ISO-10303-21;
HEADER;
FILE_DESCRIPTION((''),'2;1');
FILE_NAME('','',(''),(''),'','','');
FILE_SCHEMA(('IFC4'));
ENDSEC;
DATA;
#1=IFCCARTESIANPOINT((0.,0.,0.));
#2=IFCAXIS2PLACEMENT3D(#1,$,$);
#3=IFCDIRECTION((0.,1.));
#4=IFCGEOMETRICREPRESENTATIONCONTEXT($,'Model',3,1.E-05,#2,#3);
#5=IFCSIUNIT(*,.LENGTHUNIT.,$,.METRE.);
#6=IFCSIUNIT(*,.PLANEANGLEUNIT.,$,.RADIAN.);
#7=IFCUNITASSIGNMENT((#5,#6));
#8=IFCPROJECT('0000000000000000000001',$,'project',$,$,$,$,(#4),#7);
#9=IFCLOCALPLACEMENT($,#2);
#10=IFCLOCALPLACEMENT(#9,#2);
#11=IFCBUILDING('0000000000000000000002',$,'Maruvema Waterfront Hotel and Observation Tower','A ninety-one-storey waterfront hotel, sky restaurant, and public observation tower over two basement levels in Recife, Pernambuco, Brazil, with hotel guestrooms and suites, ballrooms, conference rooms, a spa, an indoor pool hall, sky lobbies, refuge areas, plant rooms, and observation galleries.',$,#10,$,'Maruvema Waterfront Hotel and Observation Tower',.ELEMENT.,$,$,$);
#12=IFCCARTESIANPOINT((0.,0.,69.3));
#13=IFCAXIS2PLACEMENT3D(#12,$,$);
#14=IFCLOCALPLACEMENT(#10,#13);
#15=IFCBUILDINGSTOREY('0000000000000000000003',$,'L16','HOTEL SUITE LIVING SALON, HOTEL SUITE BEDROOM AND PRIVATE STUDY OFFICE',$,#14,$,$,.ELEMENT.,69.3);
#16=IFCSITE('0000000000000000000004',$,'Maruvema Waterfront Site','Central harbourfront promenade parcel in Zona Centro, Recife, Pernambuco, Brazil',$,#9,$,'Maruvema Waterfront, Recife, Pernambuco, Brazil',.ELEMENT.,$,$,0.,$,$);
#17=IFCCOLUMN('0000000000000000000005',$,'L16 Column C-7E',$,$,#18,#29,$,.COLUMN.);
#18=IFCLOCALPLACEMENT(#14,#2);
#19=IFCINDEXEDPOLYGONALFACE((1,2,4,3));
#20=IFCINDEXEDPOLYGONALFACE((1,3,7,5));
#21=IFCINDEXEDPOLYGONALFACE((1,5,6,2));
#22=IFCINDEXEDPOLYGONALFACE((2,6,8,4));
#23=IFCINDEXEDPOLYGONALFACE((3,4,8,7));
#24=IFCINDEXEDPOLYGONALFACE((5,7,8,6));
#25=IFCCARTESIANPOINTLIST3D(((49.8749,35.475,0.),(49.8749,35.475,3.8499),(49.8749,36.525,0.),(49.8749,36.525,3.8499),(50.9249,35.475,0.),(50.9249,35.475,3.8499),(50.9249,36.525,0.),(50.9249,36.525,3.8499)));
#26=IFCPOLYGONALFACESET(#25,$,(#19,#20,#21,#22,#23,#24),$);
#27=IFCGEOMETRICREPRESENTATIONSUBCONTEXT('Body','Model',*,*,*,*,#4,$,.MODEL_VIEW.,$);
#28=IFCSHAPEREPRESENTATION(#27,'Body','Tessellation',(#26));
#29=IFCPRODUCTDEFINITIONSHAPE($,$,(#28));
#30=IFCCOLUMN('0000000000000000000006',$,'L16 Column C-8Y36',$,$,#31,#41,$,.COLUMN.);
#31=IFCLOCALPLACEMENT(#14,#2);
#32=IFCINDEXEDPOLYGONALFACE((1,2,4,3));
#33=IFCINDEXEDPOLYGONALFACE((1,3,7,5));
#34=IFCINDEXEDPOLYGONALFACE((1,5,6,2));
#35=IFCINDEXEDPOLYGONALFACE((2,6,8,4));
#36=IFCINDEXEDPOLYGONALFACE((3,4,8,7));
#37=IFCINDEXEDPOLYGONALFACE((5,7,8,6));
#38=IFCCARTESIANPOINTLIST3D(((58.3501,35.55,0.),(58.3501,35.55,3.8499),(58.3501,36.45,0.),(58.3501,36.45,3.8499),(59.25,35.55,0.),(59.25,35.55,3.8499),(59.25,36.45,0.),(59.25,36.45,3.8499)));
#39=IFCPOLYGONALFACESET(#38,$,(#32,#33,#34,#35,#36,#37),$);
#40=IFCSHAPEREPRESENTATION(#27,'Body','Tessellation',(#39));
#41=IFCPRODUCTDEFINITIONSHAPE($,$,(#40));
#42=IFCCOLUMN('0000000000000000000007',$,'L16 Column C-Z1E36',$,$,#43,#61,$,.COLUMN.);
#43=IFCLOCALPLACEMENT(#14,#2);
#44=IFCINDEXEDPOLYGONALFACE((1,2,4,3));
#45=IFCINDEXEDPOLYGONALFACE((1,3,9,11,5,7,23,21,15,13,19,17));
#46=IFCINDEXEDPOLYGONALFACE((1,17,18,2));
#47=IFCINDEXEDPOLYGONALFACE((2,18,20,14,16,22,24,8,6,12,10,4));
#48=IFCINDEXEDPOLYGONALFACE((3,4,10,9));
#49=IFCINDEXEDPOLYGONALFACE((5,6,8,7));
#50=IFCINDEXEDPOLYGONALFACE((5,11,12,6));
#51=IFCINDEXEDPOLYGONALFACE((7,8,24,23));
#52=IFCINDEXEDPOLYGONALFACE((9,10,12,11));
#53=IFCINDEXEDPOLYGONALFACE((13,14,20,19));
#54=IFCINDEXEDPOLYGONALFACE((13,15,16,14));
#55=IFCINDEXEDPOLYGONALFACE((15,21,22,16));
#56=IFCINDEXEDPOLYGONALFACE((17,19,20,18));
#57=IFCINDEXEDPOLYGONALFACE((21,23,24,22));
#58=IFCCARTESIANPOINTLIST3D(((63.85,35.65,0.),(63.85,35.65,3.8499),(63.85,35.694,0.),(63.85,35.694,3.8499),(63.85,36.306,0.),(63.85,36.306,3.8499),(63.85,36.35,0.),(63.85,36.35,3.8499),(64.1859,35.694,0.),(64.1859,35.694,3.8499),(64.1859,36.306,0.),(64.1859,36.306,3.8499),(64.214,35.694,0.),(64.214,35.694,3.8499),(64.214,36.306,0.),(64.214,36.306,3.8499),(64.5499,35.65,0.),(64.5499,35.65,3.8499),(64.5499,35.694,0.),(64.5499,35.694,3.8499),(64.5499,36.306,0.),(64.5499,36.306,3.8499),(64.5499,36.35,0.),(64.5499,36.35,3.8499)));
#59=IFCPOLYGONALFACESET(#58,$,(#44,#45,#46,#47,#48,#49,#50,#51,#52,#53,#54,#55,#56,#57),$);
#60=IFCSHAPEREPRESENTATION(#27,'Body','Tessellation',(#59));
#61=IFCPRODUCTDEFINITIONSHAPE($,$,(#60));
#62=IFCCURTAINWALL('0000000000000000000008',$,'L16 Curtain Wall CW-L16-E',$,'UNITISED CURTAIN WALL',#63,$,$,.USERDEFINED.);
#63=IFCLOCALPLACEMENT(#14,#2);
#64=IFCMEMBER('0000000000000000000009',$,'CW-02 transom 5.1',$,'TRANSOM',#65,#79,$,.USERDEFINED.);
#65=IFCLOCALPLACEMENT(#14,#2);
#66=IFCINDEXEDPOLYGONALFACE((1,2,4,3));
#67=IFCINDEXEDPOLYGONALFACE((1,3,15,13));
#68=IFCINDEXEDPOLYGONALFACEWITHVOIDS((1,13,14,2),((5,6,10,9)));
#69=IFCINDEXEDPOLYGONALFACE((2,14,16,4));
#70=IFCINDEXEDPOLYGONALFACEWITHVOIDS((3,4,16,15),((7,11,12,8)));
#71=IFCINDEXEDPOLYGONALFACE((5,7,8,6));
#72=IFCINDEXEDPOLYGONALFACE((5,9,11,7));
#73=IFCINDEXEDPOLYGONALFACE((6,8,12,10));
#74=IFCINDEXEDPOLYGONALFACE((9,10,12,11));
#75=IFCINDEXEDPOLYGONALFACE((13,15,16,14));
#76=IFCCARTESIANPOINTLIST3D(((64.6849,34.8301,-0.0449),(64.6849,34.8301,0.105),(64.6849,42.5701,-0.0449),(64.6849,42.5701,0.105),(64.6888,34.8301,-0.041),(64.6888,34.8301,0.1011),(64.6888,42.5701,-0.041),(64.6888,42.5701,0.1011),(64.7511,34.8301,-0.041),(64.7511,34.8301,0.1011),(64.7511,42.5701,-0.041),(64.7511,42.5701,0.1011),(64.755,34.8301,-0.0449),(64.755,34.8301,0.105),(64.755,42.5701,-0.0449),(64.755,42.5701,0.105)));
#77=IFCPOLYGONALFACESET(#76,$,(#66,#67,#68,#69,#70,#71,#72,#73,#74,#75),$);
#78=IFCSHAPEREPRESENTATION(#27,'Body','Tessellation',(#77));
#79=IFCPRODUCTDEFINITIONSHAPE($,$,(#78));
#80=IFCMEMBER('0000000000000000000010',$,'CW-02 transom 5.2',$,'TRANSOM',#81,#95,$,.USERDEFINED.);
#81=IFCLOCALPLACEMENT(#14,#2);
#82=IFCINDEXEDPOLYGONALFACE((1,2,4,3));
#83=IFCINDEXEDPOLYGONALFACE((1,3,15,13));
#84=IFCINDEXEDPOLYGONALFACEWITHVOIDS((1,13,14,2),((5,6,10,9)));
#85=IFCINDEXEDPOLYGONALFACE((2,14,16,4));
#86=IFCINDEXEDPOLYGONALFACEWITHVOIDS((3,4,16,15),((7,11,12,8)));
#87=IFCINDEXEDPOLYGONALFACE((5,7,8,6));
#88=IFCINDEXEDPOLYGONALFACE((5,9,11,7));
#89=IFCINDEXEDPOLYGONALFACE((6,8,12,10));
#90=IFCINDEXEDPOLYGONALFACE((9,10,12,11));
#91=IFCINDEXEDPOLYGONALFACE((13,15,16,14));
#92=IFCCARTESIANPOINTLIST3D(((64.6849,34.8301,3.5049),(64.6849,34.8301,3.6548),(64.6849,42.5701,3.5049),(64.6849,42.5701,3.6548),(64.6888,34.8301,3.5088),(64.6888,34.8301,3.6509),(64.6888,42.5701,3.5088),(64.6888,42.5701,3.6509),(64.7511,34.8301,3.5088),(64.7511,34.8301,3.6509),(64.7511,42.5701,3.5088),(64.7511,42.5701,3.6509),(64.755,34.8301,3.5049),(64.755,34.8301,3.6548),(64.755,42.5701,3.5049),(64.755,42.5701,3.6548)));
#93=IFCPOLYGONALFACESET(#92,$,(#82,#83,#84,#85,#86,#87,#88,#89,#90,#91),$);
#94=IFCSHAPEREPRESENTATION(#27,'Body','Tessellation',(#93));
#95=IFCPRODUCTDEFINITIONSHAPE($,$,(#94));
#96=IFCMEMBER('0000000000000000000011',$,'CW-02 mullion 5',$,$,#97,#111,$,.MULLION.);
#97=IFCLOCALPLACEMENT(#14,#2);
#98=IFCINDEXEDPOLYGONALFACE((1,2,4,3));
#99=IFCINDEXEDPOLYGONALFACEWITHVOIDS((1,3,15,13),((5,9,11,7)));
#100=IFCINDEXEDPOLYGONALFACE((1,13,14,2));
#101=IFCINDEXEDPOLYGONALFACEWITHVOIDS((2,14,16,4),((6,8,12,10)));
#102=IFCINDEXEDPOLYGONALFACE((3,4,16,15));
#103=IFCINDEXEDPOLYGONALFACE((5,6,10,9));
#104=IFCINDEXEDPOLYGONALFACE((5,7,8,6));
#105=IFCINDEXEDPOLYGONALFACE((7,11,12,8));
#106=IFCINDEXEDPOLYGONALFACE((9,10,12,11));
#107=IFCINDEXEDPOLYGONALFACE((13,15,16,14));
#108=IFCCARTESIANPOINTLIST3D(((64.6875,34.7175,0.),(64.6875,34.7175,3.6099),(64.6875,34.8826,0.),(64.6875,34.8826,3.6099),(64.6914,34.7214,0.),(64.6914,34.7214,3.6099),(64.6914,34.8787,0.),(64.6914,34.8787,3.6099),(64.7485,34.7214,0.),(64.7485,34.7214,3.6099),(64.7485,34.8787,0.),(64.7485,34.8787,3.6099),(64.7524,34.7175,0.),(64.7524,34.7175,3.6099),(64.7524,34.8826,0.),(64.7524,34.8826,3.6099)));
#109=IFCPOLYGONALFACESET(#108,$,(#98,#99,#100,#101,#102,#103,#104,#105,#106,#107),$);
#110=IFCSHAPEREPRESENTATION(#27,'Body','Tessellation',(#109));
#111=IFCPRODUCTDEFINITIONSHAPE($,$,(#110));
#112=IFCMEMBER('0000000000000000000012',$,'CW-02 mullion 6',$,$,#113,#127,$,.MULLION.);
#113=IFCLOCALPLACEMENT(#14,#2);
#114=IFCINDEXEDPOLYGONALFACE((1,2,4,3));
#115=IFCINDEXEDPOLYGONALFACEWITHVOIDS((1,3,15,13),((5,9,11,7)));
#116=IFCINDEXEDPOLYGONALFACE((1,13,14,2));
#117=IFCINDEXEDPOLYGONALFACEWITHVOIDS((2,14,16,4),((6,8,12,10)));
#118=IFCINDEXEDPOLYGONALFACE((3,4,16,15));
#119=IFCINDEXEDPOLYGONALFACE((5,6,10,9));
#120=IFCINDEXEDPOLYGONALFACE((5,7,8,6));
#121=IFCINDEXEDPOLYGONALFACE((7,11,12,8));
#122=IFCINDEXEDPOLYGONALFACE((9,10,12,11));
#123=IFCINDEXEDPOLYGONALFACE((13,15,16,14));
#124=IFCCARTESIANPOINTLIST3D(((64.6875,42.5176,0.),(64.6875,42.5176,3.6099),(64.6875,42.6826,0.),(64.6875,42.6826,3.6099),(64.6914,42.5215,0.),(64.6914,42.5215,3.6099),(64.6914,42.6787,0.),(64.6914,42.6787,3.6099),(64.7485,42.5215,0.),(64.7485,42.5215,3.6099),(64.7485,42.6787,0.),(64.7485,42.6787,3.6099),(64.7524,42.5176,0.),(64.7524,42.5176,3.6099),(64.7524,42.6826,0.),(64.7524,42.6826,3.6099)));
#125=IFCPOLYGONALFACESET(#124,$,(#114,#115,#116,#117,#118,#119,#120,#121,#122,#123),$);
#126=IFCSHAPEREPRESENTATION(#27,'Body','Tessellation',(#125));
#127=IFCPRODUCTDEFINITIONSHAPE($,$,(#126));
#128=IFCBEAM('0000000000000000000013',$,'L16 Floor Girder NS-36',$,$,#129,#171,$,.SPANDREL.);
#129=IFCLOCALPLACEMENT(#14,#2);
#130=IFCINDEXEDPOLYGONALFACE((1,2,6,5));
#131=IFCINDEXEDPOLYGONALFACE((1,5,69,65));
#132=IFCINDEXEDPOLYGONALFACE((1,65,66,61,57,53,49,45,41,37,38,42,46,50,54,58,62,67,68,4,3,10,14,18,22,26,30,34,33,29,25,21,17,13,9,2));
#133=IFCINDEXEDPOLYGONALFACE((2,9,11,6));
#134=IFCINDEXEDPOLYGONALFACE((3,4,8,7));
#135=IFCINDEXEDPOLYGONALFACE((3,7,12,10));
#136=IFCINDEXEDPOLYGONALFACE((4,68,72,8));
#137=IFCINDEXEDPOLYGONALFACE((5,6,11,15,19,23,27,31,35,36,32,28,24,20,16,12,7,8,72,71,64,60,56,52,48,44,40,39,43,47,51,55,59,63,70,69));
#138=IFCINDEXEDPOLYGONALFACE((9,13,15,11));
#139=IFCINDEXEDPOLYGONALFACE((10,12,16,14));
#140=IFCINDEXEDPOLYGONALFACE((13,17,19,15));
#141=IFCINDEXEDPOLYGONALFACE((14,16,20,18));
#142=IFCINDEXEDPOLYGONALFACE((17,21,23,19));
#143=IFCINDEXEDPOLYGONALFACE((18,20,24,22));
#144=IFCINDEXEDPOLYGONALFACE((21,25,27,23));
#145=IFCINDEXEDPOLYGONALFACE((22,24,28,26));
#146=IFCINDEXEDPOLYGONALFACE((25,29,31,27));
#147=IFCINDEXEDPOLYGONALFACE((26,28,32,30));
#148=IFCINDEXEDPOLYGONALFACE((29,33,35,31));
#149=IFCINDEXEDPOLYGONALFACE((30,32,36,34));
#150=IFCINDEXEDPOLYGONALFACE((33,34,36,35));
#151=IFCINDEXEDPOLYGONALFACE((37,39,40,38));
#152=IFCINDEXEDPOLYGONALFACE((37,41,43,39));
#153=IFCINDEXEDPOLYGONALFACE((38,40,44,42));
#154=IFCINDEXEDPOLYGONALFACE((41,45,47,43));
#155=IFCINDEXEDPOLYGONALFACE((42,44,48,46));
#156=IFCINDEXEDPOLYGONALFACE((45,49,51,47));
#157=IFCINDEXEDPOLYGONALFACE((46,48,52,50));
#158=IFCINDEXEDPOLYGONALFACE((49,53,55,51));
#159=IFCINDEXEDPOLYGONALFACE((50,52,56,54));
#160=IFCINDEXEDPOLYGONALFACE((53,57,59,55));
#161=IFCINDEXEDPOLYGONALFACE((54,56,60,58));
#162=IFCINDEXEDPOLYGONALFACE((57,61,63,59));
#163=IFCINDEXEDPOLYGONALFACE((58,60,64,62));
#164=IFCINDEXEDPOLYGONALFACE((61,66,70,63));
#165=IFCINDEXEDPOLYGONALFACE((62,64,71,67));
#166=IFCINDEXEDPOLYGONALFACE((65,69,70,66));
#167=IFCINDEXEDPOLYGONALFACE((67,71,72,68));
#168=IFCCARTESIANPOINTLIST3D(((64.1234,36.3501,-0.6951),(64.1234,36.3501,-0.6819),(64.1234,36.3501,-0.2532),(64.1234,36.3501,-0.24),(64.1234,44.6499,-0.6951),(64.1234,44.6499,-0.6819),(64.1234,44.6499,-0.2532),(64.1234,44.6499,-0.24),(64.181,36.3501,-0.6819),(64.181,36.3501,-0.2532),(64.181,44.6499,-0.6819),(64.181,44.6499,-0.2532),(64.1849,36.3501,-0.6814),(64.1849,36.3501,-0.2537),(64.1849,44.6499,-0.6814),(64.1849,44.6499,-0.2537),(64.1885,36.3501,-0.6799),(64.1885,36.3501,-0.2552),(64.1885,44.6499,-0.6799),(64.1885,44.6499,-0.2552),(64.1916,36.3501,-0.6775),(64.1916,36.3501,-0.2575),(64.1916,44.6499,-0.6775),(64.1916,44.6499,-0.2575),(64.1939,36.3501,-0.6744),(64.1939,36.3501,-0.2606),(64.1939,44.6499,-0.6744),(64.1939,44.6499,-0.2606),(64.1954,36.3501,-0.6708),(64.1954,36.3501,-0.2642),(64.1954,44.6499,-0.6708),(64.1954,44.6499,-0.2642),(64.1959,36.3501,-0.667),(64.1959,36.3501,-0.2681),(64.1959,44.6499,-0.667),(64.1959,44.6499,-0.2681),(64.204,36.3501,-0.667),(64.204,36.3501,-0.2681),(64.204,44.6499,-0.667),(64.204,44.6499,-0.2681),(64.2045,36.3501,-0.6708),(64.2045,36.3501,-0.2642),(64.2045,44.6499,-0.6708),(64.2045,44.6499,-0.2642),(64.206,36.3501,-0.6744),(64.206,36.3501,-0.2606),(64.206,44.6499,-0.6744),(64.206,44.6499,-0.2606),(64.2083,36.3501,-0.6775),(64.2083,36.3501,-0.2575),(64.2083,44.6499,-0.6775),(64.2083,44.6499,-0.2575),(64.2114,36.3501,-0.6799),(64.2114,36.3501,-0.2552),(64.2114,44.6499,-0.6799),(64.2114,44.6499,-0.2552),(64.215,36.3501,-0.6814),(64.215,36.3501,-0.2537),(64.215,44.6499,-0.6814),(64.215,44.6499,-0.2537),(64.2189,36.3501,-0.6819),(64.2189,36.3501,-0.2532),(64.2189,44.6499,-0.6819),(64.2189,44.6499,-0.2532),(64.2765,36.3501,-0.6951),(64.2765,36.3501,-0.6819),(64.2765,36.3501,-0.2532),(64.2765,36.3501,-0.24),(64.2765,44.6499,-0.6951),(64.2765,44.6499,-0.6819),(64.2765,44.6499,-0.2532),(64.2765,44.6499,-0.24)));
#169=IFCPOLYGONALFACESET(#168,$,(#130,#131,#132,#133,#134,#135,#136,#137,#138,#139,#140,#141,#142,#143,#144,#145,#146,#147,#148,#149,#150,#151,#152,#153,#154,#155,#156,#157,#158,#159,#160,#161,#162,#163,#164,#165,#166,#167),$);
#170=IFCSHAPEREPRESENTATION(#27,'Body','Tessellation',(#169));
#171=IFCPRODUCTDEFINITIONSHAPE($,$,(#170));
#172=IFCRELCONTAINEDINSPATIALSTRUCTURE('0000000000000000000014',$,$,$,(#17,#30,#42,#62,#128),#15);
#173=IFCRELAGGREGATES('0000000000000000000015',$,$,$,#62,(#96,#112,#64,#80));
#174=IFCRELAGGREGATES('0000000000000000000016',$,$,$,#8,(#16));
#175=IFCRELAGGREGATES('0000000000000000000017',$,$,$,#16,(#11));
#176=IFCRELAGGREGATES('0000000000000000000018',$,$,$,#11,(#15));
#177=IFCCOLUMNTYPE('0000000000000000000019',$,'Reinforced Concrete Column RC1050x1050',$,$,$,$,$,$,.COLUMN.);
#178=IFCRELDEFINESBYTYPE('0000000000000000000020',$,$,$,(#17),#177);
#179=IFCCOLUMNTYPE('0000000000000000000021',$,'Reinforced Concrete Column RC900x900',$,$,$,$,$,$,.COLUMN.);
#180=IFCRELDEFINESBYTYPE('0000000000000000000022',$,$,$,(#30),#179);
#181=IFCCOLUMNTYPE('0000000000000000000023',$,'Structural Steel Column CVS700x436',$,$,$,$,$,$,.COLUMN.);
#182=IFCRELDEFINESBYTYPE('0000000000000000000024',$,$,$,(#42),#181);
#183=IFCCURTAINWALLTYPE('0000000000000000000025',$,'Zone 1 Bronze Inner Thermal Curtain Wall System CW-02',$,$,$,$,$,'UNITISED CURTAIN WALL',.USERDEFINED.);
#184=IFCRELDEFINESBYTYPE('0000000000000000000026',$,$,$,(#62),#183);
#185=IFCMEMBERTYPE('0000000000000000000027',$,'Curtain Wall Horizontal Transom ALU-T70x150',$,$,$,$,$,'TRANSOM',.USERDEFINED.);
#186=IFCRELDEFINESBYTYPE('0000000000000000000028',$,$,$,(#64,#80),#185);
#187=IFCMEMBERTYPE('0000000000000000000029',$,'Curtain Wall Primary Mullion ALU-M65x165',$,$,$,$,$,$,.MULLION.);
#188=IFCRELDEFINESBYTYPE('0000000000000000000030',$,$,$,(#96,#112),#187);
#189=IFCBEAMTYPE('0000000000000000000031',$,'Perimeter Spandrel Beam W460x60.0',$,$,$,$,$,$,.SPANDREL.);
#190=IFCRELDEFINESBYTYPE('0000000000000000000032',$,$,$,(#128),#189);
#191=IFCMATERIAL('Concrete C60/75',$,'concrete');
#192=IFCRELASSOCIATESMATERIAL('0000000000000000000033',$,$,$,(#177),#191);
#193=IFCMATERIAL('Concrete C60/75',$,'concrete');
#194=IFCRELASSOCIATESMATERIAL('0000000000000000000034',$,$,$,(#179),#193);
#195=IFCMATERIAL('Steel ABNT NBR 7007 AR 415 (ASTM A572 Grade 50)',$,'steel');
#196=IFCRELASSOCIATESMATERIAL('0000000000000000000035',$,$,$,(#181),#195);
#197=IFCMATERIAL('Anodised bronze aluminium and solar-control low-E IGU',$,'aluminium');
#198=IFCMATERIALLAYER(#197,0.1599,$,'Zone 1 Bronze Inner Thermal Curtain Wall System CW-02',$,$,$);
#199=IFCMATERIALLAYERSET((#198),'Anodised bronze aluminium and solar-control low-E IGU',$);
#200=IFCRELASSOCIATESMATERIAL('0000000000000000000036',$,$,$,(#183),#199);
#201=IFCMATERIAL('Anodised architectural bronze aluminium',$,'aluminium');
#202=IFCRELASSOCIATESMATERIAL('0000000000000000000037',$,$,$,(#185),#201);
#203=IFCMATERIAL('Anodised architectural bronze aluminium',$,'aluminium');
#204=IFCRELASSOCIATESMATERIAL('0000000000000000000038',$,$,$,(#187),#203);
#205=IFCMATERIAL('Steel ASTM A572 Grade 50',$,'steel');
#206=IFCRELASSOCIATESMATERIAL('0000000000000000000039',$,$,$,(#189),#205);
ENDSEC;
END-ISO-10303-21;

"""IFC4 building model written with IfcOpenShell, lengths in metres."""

from ifc_helpers import new_model, si_unit, direction, frame, origin, origin_2d, place, context, subcontext, project, spatial, rectangle, hollow_rectangle, i_section, extrude, material, layer, layer_set, material_profile, profile_set, type_object, element, aggregate, save


model = new_model("IFC4")

# Units and contexts
model_context = context("Model", 3, precision=1e-05, world=origin(), true_north=direction((0.0, 1.0)))
body_context = subcontext(model_context, "Body", "Model", "MODEL_VIEW")
ifc_project = project(units=[si_unit("LENGTHUNIT", "METRE"), si_unit("PLANEANGLEUNIT", "RADIAN")], contexts=[model_context])

# Site, building, storey
site_placement = place(None, origin())
site = spatial("IfcSite", under=ifc_project, at=site_placement, Name="Maruvema Waterfront Site", Description="Central harbourfront promenade parcel in Zona Centro, Recife, Pernambuco, Brazil", LongName="Maruvema Waterfront, Recife, Pernambuco, Brazil", CompositionType="ELEMENT", RefElevation=0.0)
building_placement = place(site_placement, origin())
building = spatial("IfcBuilding", under=site, at=building_placement, Name="Maruvema Waterfront Hotel and Observation Tower", Description="A ninety-one-storey waterfront hotel, sky restaurant, and public observation tower over two basement levels in Recife, Pernambuco, Brazil, with hotel guestrooms and suites, ballrooms, conference rooms, a spa, an indoor pool hall, sky lobbies, refuge areas, plant rooms, and observation galleries.", LongName="Maruvema Waterfront Hotel and Observation Tower", CompositionType="ELEMENT")
storey_placement = place(building_placement, frame((0.0, 0.0, 69.3)))
storey = spatial("IfcBuildingStorey", under=building, at=storey_placement, Name="L16", Description="HOTEL SUITE LIVING SALON, HOTEL SUITE BEDROOM AND PRIVATE STUDY OFFICE", CompositionType="ELEMENT", Elevation=69.3)

# Columns
ifc_material_1 = material(Name="Concrete C60/75", Category="concrete")
ifc_material_profile_1 = material_profile(ifc_material_1, rectangle(XDim=1.05, YDim=1.05, at=origin_2d()), Name="RC1050x1050")
ifc_profile_set_1 = profile_set([ifc_material_profile_1], Name="Concrete C60/75")
column_type_1 = type_object("IfcColumnType", Name="Reinforced Concrete Column RC1050x1050", PredefinedType="COLUMN", material=ifc_profile_set_1)
column_1_placement = place(storey_placement, frame((50.3999, 36.0, 0.0), z_axis=(0.0, 0.0, 1.0), x_axis=(1.0, 0.0, 0.0)))
element("IfcColumn", 1, at=column_1_placement, inside=storey, type_object=column_type_1, Name="L16 Column C-7E", PredefinedType="COLUMN", context=body_context, shape_type="SweptSolid", body=[
    extrude(rectangle(XDim=1.05, YDim=1.05, at=origin_2d()), origin(), (0.0, 0.0, 1.0), 3.8499),
])
ifc_material_2 = material(Name="Concrete C60/75", Category="concrete")
ifc_material_profile_2 = material_profile(ifc_material_2, rectangle(XDim=0.8999, YDim=0.8999, at=origin_2d()), Name="RC900x900")
ifc_profile_set_2 = profile_set([ifc_material_profile_2], Name="Concrete C60/75")
column_type_2 = type_object("IfcColumnType", Name="Reinforced Concrete Column RC900x900", PredefinedType="COLUMN", material=ifc_profile_set_2)
column_2_placement = place(storey_placement, frame((58.8, 36.0, 0.0), z_axis=(0.0, 0.0, 1.0), x_axis=(1.0, 0.0, 0.0)))
element("IfcColumn", 2, at=column_2_placement, inside=storey, type_object=column_type_2, Name="L16 Column C-8Y36", PredefinedType="COLUMN", context=body_context, shape_type="SweptSolid", body=[
    extrude(rectangle(XDim=0.8999, YDim=0.8999, at=origin_2d()), origin(), (0.0, 0.0, 1.0), 3.8499),
])
ifc_material_3 = material(Name="Steel ABNT NBR 7007 AR 415 (ASTM A572 Grade 50)", Category="steel")
ifc_material_profile_3 = material_profile(ifc_material_3, i_section(OverallWidth=0.7, OverallDepth=0.7, WebThickness=0.0281, FlangeThickness=0.0439, at=origin_2d()), Name="CVS700x436")
ifc_profile_set_3 = profile_set([ifc_material_profile_3], Name="Steel ABNT NBR 7007 AR 415 (ASTM A572 Grade 50)")
column_type_3 = type_object("IfcColumnType", Name="Structural Steel Column CVS700x436", PredefinedType="COLUMN", material=ifc_profile_set_3)
column_3_placement = place(storey_placement, frame((64.2, 36.0, 0.0), z_axis=(0.0, 0.0, 1.0), x_axis=(1.0, 0.0, 0.0)))
element("IfcColumn", 3, at=column_3_placement, inside=storey, type_object=column_type_3, Name="L16 Column C-Z1E36", PredefinedType="COLUMN", context=body_context, shape_type="SweptSolid", body=[
    extrude(i_section(OverallWidth=0.7, OverallDepth=0.7, WebThickness=0.0281, FlangeThickness=0.0439, at=origin_2d()), origin(), (0.0, 0.0, 1.0), 3.8499),
])

# Curtain wall, members
ifc_material_4 = material(Name="Anodised bronze aluminium and solar-control low-E IGU", Category="aluminium")
ifc_layer_1 = layer(ifc_material_4, 0.1599, Name="Zone 1 Bronze Inner Thermal Curtain Wall System CW-02")
ifc_layer_set_1 = layer_set([ifc_layer_1], Name="Anodised bronze aluminium and solar-control low-E IGU")
curtain_wall_type = type_object("IfcCurtainWallType", Name="Zone 1 Bronze Inner Thermal Curtain Wall System CW-02", ElementType="UNITISED CURTAIN WALL", PredefinedType="USERDEFINED", material=ifc_layer_set_1)
curtain_wall_placement = place(storey_placement, origin())
curtain_wall = element("IfcCurtainWall", 4, at=curtain_wall_placement, inside=storey, type_object=curtain_wall_type, Name="L16 Curtain Wall CW-L16-E", ObjectType="UNITISED CURTAIN WALL", PredefinedType="USERDEFINED")
ifc_material_5 = material(Name="Anodised architectural bronze aluminium", Category="aluminium")
ifc_material_profile_4 = material_profile(ifc_material_5, hollow_rectangle(XDim=0.0701, YDim=0.1499, WallThickness=0.0039, at=origin_2d()), Name="ALU-T70x150")
ifc_profile_set_4 = profile_set([ifc_material_profile_4], Name="Anodised architectural bronze aluminium")
member_type_1 = type_object("IfcMemberType", Name="Curtain Wall Horizontal Transom ALU-T70x150", ElementType="TRANSOM", PredefinedType="USERDEFINED", material=ifc_profile_set_4)
member_1_placement = place(storey_placement, frame((64.72, 34.8301, 0.03), z_axis=(0.0, 1.0, 0.0), x_axis=(-1.0, 0.0, 0.0)))
member_1 = element("IfcMember", 5, at=member_1_placement, type_object=member_type_1, Name="CW-02 transom 5.1", ObjectType="TRANSOM", PredefinedType="USERDEFINED", context=body_context, shape_type="SweptSolid", body=[
    extrude(hollow_rectangle(XDim=0.0701, YDim=0.1499, WallThickness=0.0039, at=origin_2d()), origin(), (0.0, 0.0, 1.0), 7.74),
])
member_2_placement = place(storey_placement, frame((64.72, 34.8301, 3.5798), z_axis=(0.0, 1.0, 0.0), x_axis=(-1.0, 0.0, 0.0)))
member_2 = element("IfcMember", 6, at=member_2_placement, type_object=member_type_1, Name="CW-02 transom 5.2", ObjectType="TRANSOM", PredefinedType="USERDEFINED", context=body_context, shape_type="SweptSolid", body=[
    extrude(hollow_rectangle(XDim=0.0701, YDim=0.1499, WallThickness=0.0039, at=origin_2d()), origin(), (0.0, 0.0, 1.0), 7.74),
])
ifc_material_6 = material(Name="Anodised architectural bronze aluminium", Category="aluminium")
ifc_material_profile_5 = material_profile(ifc_material_6, hollow_rectangle(XDim=0.0649, YDim=0.165, WallThickness=0.0039, at=origin_2d()), Name="ALU-M65x165")
ifc_profile_set_5 = profile_set([ifc_material_profile_5], Name="Anodised architectural bronze aluminium")
member_type_2 = type_object("IfcMemberType", Name="Curtain Wall Primary Mullion ALU-M65x165", PredefinedType="MULLION", material=ifc_profile_set_5)
member_3_placement = place(storey_placement, frame((64.72, 34.8, 0.0), z_axis=(0.0, 0.0, 1.0), x_axis=(-1.0, 0.0, 0.0)))
member_3 = element("IfcMember", 7, at=member_3_placement, type_object=member_type_2, Name="CW-02 mullion 5", PredefinedType="MULLION", context=body_context, shape_type="SweptSolid", body=[
    extrude(hollow_rectangle(XDim=0.0649, YDim=0.165, WallThickness=0.0039, at=origin_2d()), origin(), (0.0, 0.0, 1.0), 3.6099),
])
member_4_placement = place(storey_placement, frame((64.72, 42.6001, 0.0), z_axis=(0.0, 0.0, 1.0), x_axis=(-1.0, 0.0, 0.0)))
member_4 = element("IfcMember", 8, at=member_4_placement, type_object=member_type_2, Name="CW-02 mullion 6", PredefinedType="MULLION", context=body_context, shape_type="SweptSolid", body=[
    extrude(hollow_rectangle(XDim=0.0649, YDim=0.165, WallThickness=0.0039, at=origin_2d()), origin(), (0.0, 0.0, 1.0), 3.6099),
])

# Beam
ifc_material_7 = material(Name="Steel ASTM A572 Grade 50", Category="steel")
ifc_material_profile_6 = material_profile(ifc_material_7, i_section(OverallWidth=0.1531, OverallDepth=0.4551, WebThickness=0.0081, FlangeThickness=0.0132, FilletRadius=0.0149, at=origin_2d()), Name="W460x60.0")
ifc_profile_set_6 = profile_set([ifc_material_profile_6], Name="Steel ASTM A572 Grade 50")
beam_type_1 = type_object("IfcBeamType", Name="Perimeter Spandrel Beam W460x60.0", PredefinedType="SPANDREL", material=ifc_profile_set_6)
beam_1_placement = place(storey_placement, frame((64.2, 36.3501, -0.4675), z_axis=(0.0, 1.0, 0.0), x_axis=(-1.0, 0.0, 0.0)))
element("IfcBeam", 9, at=beam_1_placement, inside=storey, type_object=beam_type_1, Name="L16 Floor Girder NS-36", PredefinedType="SPANDREL", context=body_context, shape_type="SweptSolid", body=[
    extrude(i_section(OverallWidth=0.1531, OverallDepth=0.4551, WebThickness=0.0081, FlangeThickness=0.0132, FilletRadius=0.0149, at=origin_2d()), origin(), (0.0, 0.0, 1.0), 8.2998),
])

aggregate(curtain_wall, [member_3, member_4, member_1, member_2])

save(model, "model.ifc")
